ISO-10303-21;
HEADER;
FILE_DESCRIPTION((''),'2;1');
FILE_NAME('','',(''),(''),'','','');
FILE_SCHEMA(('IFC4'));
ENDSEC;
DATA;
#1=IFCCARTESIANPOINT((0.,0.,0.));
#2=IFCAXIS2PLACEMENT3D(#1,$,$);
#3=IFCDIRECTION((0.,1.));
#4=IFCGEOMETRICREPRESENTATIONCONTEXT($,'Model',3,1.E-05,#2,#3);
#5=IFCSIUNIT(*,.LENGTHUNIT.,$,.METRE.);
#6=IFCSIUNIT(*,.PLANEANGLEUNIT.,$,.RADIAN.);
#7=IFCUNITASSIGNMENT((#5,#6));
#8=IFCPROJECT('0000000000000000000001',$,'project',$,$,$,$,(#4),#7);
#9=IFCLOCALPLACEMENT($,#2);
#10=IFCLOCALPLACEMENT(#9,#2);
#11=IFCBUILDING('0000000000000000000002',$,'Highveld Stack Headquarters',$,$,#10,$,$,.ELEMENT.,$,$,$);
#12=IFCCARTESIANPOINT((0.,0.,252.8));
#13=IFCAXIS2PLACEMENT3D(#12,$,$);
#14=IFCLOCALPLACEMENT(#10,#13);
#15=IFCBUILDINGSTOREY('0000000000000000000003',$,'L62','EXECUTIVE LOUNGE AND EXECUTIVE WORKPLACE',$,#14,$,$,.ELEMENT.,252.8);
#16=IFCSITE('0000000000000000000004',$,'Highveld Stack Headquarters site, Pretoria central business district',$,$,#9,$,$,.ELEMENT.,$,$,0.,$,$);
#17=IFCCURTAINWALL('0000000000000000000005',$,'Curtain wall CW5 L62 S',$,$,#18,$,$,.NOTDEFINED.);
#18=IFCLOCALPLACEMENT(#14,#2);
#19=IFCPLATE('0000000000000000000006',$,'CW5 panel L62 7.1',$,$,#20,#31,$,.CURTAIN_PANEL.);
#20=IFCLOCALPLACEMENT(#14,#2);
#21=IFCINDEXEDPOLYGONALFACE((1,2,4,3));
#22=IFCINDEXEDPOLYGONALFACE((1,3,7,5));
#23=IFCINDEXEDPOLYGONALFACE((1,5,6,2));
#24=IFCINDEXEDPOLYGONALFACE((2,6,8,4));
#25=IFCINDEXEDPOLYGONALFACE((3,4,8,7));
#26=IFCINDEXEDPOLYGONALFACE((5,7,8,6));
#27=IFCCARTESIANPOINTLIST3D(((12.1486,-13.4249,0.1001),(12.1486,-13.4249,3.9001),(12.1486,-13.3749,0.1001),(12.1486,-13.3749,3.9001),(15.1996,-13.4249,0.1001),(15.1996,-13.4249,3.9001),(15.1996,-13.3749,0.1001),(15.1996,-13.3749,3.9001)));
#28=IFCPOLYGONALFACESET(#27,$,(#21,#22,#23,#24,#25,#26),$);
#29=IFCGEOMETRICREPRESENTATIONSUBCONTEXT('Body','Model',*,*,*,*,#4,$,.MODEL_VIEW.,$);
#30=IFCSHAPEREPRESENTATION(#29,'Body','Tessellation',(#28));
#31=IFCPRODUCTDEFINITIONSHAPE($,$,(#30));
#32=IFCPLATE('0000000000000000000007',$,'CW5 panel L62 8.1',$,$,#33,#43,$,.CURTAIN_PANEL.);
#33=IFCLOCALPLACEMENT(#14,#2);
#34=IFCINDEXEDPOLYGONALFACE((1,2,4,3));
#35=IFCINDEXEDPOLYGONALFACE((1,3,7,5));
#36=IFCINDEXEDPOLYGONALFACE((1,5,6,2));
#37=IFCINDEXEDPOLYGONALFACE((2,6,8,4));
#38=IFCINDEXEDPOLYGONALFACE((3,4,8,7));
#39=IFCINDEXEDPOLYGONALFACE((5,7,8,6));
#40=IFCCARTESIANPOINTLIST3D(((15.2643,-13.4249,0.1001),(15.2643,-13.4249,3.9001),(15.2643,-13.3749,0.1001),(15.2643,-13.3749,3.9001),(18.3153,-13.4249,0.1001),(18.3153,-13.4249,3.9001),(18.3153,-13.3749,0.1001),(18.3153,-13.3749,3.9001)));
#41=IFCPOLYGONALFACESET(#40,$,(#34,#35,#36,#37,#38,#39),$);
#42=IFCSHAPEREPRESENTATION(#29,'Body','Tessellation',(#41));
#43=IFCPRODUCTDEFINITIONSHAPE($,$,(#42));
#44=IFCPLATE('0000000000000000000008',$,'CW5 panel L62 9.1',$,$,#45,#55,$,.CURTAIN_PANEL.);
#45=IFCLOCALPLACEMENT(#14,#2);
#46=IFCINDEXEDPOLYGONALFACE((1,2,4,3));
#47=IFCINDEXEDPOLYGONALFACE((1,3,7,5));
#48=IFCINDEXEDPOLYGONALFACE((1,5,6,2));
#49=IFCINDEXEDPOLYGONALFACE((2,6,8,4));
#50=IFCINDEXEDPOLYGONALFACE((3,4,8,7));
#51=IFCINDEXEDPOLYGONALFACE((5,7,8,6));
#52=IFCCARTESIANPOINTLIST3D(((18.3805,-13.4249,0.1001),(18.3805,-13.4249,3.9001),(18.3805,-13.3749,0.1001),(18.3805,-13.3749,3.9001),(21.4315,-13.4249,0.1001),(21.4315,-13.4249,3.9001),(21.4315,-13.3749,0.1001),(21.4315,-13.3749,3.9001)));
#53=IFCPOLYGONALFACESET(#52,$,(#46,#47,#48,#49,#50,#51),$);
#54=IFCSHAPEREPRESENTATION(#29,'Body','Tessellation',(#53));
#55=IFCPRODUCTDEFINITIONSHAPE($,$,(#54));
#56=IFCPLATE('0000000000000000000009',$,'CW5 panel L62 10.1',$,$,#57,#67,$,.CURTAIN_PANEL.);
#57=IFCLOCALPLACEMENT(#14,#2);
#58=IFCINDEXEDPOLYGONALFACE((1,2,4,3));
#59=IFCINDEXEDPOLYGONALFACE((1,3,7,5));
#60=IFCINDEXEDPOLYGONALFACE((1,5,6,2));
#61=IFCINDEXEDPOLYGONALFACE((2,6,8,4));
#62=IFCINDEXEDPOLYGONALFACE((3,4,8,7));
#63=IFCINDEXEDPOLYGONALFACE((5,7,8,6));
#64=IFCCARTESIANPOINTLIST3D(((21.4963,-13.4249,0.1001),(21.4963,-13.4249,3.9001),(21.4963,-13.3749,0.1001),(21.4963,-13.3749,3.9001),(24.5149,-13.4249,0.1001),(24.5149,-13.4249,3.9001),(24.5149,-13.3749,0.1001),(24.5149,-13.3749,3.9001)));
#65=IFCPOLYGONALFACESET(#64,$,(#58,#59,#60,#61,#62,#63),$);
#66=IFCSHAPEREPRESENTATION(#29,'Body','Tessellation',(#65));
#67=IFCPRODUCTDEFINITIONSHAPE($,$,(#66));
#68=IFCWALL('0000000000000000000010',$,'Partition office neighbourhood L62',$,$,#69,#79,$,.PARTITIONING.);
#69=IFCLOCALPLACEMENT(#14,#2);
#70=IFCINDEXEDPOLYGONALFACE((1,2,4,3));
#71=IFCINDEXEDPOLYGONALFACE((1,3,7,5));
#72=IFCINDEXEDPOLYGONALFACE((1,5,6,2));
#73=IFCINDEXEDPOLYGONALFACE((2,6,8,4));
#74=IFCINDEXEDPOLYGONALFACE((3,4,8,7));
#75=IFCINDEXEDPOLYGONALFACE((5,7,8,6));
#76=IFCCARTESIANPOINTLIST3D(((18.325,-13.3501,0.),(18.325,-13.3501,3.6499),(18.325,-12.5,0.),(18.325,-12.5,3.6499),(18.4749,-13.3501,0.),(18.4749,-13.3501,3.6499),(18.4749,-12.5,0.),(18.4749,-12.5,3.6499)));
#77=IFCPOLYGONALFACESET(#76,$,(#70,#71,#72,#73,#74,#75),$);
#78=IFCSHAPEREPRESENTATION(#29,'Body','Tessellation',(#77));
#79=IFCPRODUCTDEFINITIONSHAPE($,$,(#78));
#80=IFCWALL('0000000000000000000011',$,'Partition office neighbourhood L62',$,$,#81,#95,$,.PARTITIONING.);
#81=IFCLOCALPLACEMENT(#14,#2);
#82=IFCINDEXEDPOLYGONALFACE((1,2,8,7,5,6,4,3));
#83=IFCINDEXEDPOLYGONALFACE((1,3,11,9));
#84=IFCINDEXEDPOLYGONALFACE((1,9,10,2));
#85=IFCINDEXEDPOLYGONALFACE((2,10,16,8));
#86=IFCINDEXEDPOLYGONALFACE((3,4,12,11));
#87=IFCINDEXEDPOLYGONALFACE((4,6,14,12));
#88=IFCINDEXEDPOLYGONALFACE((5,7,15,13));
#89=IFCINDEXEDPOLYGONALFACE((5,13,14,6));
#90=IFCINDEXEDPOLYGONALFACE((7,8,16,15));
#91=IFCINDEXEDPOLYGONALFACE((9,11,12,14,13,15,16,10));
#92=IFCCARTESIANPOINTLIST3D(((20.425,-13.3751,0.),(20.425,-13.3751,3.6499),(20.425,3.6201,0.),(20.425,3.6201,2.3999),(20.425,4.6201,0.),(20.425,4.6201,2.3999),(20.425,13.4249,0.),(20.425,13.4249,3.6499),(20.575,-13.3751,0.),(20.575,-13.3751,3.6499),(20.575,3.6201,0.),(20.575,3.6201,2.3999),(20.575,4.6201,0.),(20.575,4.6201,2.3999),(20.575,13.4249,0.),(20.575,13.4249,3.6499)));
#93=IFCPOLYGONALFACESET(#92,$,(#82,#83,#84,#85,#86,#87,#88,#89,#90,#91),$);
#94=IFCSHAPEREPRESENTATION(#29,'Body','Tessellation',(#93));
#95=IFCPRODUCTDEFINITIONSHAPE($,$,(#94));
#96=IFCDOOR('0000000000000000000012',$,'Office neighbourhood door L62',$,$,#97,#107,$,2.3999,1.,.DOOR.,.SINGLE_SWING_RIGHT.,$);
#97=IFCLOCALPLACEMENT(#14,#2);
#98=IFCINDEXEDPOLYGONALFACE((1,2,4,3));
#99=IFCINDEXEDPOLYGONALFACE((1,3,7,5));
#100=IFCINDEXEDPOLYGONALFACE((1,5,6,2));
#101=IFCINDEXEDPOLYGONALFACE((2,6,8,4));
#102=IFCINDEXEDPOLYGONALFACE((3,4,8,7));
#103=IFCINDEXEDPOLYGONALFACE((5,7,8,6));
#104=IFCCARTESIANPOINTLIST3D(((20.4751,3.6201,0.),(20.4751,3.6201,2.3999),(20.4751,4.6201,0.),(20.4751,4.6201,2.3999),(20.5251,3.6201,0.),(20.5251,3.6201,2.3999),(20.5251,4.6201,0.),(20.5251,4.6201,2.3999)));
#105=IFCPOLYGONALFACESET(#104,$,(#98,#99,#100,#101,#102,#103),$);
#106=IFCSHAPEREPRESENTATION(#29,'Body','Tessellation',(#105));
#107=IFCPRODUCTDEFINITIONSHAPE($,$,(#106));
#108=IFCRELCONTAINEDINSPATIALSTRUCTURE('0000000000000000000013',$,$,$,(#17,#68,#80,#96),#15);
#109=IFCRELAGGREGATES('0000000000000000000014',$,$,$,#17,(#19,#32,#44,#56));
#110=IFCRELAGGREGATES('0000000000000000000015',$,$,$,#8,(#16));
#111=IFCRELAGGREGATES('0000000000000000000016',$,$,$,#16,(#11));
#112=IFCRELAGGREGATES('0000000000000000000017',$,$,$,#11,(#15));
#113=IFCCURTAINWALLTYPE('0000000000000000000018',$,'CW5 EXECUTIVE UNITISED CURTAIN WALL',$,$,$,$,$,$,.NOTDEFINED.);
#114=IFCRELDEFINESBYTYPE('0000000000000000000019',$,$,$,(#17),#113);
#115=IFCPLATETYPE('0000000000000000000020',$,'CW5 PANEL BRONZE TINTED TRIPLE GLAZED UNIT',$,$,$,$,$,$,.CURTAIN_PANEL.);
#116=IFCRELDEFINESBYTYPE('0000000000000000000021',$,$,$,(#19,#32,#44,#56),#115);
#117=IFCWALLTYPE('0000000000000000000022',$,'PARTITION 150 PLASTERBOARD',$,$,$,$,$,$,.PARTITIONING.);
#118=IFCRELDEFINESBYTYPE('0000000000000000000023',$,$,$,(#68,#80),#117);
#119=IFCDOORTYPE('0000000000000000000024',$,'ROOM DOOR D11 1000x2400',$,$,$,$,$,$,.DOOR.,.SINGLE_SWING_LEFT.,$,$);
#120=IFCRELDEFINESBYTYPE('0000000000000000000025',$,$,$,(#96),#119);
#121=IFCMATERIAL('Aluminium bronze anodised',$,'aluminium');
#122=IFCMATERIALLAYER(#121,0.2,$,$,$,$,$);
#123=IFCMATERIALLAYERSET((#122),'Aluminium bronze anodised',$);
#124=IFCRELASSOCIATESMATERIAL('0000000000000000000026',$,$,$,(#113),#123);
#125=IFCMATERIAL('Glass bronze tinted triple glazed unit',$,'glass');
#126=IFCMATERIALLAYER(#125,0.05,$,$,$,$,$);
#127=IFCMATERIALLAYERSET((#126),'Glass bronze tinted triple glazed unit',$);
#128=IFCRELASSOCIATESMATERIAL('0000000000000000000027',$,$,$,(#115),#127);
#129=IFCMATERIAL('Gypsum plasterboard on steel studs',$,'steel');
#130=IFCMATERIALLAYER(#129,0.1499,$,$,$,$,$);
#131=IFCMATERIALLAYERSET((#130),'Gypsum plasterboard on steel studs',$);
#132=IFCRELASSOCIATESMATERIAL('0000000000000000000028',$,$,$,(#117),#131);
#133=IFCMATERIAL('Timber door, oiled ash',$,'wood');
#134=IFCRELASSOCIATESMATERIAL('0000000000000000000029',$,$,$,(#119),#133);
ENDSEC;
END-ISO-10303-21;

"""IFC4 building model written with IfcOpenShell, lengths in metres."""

from ifc_helpers import new_model, si_unit, direction, frame, frame_2d, origin, origin_2d, place, context, subcontext, project, spatial, rectangle, extrude, material, layer, layer_set, type_object, element, fill, aggregate, save


model = new_model("IFC4")

# Units and contexts
model_context = context("Model", 3, precision=1e-05, world=origin(), true_north=direction((0.0, 1.0)))
body_context = subcontext(model_context, "Body", "Model", "MODEL_VIEW")
ifc_project = project(units=[si_unit("LENGTHUNIT", "METRE"), si_unit("PLANEANGLEUNIT", "RADIAN")], contexts=[model_context])

# Site, building, storey
site_placement = place(None, origin())
site = spatial("IfcSite", under=ifc_project, at=site_placement, Name="Highveld Stack Headquarters site, Pretoria central business district", CompositionType="ELEMENT", RefElevation=0.0)
building_placement = place(site_placement, origin())
building = spatial("IfcBuilding", under=site, at=building_placement, Name="Highveld Stack Headquarters", CompositionType="ELEMENT")
storey_placement = place(building_placement, frame((0.0, 0.0, 252.8)))
storey = spatial("IfcBuildingStorey", under=building, at=storey_placement, Name="L62", Description="EXECUTIVE LOUNGE AND EXECUTIVE WORKPLACE", CompositionType="ELEMENT", Elevation=252.8)

# Curtain wall, plates
ifc_material_1 = material(Name="Aluminium bronze anodised", Category="aluminium")
ifc_layer_1 = layer(ifc_material_1, 0.2)
ifc_layer_set_1 = layer_set([ifc_layer_1], Name="Aluminium bronze anodised")
curtain_wall_type = type_object("IfcCurtainWallType", Name="CW5 EXECUTIVE UNITISED CURTAIN WALL", PredefinedType="NOTDEFINED", material=ifc_layer_set_1)
curtain_wall_placement = place(storey_placement, origin())
curtain_wall = element("IfcCurtainWall", 1, at=curtain_wall_placement, inside=storey, type_object=curtain_wall_type, Name="Curtain wall CW5 L62 S", PredefinedType="NOTDEFINED")
ifc_material_2 = material(Name="Glass bronze tinted triple glazed unit", Category="glass")
ifc_layer_2 = layer(ifc_material_2, 0.05)
ifc_layer_set_2 = layer_set([ifc_layer_2], Name="Glass bronze tinted triple glazed unit")
plate_type = type_object("IfcPlateType", Name="CW5 PANEL BRONZE TINTED TRIPLE GLAZED UNIT", PredefinedType="CURTAIN_PANEL", material=ifc_layer_set_2)
plate_1_placement = place(storey_placement, frame((13.6741, -13.3999, 0.1001), z_axis=(0.0, 0.0, 1.0), x_axis=(1.0, 0.0, 0.0)))
plate_1 = element("IfcPlate", 2, at=plate_1_placement, type_object=plate_type, Name="CW5 panel L62 7.1", PredefinedType="CURTAIN_PANEL", context=body_context, shape_type="SweptSolid", body=[
    extrude(rectangle(XDim=3.051, YDim=0.05, at=origin_2d()), origin(), (0.0, 0.0, 1.0), 3.8),
])
plate_2_placement = place(storey_placement, frame((16.7898, -13.3999, 0.1001), z_axis=(0.0, 0.0, 1.0), x_axis=(1.0, 0.0, 0.0)))
plate_2 = element("IfcPlate", 3, at=plate_2_placement, type_object=plate_type, Name="CW5 panel L62 8.1", PredefinedType="CURTAIN_PANEL", context=body_context, shape_type="SweptSolid", body=[
    extrude(rectangle(XDim=3.051, YDim=0.05, at=origin_2d()), origin(), (0.0, 0.0, 1.0), 3.8),
])
plate_3_placement = place(storey_placement, frame((19.906, -13.3999, 0.1001), z_axis=(0.0, 0.0, 1.0), x_axis=(1.0, 0.0, 0.0)))
plate_3 = element("IfcPlate", 4, at=plate_3_placement, type_object=plate_type, Name="CW5 panel L62 9.1", PredefinedType="CURTAIN_PANEL", context=body_context, shape_type="SweptSolid", body=[
    extrude(rectangle(XDim=3.051, YDim=0.05, at=origin_2d()), origin(), (0.0, 0.0, 1.0), 3.8),
])
plate_4_placement = place(storey_placement, frame((23.0056, -13.3999, 0.1001), z_axis=(0.0, 0.0, 1.0), x_axis=(1.0, 0.0, 0.0)))
plate_4 = element("IfcPlate", 5, at=plate_4_placement, type_object=plate_type, Name="CW5 panel L62 10.1", PredefinedType="CURTAIN_PANEL", context=body_context, shape_type="SweptSolid", body=[
    extrude(rectangle(XDim=3.0186, YDim=0.05, at=origin_2d()), origin(), (0.0, 0.0, 1.0), 3.8),
])
aggregate(curtain_wall, [plate_1, plate_2, plate_3, plate_4])

# Wall
ifc_material_3 = material(Name="Gypsum plasterboard on steel studs", Category="steel")
ifc_layer_3 = layer(ifc_material_3, 0.1499)
ifc_layer_set_3 = layer_set([ifc_layer_3], Name="Gypsum plasterboard on steel studs")
wall_type = type_object("IfcWallType", Name="PARTITION 150 PLASTERBOARD", PredefinedType="PARTITIONING", material=ifc_layer_set_3)
wall_1_placement = place(storey_placement, frame((18.3999, -13.3501, 0.0), z_axis=(0.0, 0.0, 1.0), x_axis=(0.0, 1.0, 0.0)))
element("IfcWall", 6, at=wall_1_placement, inside=storey, type_object=wall_type, Name="Partition office neighbourhood L62", PredefinedType="PARTITIONING", context=body_context, shape_type="SweptSolid", body=[
    extrude(rectangle(XDim=0.8501, YDim=0.1499, at=frame_2d((0.425, 0.0))), origin(), (0.0, 0.0, 1.0), 3.6499),
])

# Wall, opening, door
wall_2_placement = place(storey_placement, frame((20.5, -13.375, 0.0), z_axis=(0.0, 0.0, 1.0), x_axis=(0.0, 1.0, 0.0)))
wall_2 = element("IfcWall", 7, at=wall_2_placement, inside=storey, type_object=wall_type, Name="Partition office neighbourhood L62", PredefinedType="PARTITIONING", context=body_context, shape_type="SweptSolid", body=[
    extrude(rectangle(XDim=26.8, YDim=0.1499, at=frame_2d((13.3999, 0.0))), origin(), (0.0, 0.0, 1.0), 3.6499),
])
opening_placement = place(wall_2_placement, frame((16.9951, 0.0, 0.0)))
opening = element("IfcOpeningElement", 8, at=opening_placement, cuts=wall_2, PredefinedType="OPENING", context=body_context, shape_type="SweptSolid", body=[
    extrude(rectangle(XDim=1.0, YDim=2.3999, at=frame_2d((0.5, 1.2))), frame((0.0, 0.085, 0.0), z_axis=(0.0, -1.0, 0.0), x_axis=(1.0, 0.0, 0.0)), (0.0, 0.0, 1.0), 0.1699),
])
ifc_material_4 = material(Name="Timber door, oiled ash", Category="wood")
door_type = type_object("IfcDoorType", Name="ROOM DOOR D11 1000x2400", OperationType="SINGLE_SWING_LEFT", PredefinedType="DOOR", material=ifc_material_4)
door_placement = place(opening_placement, origin())
door = element("IfcDoor", 9, at=door_placement, inside=storey, type_object=door_type, Name="Office neighbourhood door L62", OperationType="SINGLE_SWING_RIGHT", OverallHeight=2.3999, OverallWidth=1.0, PredefinedType="DOOR", context=body_context, shape_type="SweptSolid", body=[
    extrude(rectangle(XDim=1.0, YDim=2.3999, at=frame_2d((0.5, 1.2))), frame((0.0, 0.0249, 0.0), z_axis=(0.0, -1.0, 0.0), x_axis=(1.0, 0.0, 0.0)), (0.0, 0.0, 1.0), 0.05),
])
fill(opening, door)

save(model, "model.ifc")
